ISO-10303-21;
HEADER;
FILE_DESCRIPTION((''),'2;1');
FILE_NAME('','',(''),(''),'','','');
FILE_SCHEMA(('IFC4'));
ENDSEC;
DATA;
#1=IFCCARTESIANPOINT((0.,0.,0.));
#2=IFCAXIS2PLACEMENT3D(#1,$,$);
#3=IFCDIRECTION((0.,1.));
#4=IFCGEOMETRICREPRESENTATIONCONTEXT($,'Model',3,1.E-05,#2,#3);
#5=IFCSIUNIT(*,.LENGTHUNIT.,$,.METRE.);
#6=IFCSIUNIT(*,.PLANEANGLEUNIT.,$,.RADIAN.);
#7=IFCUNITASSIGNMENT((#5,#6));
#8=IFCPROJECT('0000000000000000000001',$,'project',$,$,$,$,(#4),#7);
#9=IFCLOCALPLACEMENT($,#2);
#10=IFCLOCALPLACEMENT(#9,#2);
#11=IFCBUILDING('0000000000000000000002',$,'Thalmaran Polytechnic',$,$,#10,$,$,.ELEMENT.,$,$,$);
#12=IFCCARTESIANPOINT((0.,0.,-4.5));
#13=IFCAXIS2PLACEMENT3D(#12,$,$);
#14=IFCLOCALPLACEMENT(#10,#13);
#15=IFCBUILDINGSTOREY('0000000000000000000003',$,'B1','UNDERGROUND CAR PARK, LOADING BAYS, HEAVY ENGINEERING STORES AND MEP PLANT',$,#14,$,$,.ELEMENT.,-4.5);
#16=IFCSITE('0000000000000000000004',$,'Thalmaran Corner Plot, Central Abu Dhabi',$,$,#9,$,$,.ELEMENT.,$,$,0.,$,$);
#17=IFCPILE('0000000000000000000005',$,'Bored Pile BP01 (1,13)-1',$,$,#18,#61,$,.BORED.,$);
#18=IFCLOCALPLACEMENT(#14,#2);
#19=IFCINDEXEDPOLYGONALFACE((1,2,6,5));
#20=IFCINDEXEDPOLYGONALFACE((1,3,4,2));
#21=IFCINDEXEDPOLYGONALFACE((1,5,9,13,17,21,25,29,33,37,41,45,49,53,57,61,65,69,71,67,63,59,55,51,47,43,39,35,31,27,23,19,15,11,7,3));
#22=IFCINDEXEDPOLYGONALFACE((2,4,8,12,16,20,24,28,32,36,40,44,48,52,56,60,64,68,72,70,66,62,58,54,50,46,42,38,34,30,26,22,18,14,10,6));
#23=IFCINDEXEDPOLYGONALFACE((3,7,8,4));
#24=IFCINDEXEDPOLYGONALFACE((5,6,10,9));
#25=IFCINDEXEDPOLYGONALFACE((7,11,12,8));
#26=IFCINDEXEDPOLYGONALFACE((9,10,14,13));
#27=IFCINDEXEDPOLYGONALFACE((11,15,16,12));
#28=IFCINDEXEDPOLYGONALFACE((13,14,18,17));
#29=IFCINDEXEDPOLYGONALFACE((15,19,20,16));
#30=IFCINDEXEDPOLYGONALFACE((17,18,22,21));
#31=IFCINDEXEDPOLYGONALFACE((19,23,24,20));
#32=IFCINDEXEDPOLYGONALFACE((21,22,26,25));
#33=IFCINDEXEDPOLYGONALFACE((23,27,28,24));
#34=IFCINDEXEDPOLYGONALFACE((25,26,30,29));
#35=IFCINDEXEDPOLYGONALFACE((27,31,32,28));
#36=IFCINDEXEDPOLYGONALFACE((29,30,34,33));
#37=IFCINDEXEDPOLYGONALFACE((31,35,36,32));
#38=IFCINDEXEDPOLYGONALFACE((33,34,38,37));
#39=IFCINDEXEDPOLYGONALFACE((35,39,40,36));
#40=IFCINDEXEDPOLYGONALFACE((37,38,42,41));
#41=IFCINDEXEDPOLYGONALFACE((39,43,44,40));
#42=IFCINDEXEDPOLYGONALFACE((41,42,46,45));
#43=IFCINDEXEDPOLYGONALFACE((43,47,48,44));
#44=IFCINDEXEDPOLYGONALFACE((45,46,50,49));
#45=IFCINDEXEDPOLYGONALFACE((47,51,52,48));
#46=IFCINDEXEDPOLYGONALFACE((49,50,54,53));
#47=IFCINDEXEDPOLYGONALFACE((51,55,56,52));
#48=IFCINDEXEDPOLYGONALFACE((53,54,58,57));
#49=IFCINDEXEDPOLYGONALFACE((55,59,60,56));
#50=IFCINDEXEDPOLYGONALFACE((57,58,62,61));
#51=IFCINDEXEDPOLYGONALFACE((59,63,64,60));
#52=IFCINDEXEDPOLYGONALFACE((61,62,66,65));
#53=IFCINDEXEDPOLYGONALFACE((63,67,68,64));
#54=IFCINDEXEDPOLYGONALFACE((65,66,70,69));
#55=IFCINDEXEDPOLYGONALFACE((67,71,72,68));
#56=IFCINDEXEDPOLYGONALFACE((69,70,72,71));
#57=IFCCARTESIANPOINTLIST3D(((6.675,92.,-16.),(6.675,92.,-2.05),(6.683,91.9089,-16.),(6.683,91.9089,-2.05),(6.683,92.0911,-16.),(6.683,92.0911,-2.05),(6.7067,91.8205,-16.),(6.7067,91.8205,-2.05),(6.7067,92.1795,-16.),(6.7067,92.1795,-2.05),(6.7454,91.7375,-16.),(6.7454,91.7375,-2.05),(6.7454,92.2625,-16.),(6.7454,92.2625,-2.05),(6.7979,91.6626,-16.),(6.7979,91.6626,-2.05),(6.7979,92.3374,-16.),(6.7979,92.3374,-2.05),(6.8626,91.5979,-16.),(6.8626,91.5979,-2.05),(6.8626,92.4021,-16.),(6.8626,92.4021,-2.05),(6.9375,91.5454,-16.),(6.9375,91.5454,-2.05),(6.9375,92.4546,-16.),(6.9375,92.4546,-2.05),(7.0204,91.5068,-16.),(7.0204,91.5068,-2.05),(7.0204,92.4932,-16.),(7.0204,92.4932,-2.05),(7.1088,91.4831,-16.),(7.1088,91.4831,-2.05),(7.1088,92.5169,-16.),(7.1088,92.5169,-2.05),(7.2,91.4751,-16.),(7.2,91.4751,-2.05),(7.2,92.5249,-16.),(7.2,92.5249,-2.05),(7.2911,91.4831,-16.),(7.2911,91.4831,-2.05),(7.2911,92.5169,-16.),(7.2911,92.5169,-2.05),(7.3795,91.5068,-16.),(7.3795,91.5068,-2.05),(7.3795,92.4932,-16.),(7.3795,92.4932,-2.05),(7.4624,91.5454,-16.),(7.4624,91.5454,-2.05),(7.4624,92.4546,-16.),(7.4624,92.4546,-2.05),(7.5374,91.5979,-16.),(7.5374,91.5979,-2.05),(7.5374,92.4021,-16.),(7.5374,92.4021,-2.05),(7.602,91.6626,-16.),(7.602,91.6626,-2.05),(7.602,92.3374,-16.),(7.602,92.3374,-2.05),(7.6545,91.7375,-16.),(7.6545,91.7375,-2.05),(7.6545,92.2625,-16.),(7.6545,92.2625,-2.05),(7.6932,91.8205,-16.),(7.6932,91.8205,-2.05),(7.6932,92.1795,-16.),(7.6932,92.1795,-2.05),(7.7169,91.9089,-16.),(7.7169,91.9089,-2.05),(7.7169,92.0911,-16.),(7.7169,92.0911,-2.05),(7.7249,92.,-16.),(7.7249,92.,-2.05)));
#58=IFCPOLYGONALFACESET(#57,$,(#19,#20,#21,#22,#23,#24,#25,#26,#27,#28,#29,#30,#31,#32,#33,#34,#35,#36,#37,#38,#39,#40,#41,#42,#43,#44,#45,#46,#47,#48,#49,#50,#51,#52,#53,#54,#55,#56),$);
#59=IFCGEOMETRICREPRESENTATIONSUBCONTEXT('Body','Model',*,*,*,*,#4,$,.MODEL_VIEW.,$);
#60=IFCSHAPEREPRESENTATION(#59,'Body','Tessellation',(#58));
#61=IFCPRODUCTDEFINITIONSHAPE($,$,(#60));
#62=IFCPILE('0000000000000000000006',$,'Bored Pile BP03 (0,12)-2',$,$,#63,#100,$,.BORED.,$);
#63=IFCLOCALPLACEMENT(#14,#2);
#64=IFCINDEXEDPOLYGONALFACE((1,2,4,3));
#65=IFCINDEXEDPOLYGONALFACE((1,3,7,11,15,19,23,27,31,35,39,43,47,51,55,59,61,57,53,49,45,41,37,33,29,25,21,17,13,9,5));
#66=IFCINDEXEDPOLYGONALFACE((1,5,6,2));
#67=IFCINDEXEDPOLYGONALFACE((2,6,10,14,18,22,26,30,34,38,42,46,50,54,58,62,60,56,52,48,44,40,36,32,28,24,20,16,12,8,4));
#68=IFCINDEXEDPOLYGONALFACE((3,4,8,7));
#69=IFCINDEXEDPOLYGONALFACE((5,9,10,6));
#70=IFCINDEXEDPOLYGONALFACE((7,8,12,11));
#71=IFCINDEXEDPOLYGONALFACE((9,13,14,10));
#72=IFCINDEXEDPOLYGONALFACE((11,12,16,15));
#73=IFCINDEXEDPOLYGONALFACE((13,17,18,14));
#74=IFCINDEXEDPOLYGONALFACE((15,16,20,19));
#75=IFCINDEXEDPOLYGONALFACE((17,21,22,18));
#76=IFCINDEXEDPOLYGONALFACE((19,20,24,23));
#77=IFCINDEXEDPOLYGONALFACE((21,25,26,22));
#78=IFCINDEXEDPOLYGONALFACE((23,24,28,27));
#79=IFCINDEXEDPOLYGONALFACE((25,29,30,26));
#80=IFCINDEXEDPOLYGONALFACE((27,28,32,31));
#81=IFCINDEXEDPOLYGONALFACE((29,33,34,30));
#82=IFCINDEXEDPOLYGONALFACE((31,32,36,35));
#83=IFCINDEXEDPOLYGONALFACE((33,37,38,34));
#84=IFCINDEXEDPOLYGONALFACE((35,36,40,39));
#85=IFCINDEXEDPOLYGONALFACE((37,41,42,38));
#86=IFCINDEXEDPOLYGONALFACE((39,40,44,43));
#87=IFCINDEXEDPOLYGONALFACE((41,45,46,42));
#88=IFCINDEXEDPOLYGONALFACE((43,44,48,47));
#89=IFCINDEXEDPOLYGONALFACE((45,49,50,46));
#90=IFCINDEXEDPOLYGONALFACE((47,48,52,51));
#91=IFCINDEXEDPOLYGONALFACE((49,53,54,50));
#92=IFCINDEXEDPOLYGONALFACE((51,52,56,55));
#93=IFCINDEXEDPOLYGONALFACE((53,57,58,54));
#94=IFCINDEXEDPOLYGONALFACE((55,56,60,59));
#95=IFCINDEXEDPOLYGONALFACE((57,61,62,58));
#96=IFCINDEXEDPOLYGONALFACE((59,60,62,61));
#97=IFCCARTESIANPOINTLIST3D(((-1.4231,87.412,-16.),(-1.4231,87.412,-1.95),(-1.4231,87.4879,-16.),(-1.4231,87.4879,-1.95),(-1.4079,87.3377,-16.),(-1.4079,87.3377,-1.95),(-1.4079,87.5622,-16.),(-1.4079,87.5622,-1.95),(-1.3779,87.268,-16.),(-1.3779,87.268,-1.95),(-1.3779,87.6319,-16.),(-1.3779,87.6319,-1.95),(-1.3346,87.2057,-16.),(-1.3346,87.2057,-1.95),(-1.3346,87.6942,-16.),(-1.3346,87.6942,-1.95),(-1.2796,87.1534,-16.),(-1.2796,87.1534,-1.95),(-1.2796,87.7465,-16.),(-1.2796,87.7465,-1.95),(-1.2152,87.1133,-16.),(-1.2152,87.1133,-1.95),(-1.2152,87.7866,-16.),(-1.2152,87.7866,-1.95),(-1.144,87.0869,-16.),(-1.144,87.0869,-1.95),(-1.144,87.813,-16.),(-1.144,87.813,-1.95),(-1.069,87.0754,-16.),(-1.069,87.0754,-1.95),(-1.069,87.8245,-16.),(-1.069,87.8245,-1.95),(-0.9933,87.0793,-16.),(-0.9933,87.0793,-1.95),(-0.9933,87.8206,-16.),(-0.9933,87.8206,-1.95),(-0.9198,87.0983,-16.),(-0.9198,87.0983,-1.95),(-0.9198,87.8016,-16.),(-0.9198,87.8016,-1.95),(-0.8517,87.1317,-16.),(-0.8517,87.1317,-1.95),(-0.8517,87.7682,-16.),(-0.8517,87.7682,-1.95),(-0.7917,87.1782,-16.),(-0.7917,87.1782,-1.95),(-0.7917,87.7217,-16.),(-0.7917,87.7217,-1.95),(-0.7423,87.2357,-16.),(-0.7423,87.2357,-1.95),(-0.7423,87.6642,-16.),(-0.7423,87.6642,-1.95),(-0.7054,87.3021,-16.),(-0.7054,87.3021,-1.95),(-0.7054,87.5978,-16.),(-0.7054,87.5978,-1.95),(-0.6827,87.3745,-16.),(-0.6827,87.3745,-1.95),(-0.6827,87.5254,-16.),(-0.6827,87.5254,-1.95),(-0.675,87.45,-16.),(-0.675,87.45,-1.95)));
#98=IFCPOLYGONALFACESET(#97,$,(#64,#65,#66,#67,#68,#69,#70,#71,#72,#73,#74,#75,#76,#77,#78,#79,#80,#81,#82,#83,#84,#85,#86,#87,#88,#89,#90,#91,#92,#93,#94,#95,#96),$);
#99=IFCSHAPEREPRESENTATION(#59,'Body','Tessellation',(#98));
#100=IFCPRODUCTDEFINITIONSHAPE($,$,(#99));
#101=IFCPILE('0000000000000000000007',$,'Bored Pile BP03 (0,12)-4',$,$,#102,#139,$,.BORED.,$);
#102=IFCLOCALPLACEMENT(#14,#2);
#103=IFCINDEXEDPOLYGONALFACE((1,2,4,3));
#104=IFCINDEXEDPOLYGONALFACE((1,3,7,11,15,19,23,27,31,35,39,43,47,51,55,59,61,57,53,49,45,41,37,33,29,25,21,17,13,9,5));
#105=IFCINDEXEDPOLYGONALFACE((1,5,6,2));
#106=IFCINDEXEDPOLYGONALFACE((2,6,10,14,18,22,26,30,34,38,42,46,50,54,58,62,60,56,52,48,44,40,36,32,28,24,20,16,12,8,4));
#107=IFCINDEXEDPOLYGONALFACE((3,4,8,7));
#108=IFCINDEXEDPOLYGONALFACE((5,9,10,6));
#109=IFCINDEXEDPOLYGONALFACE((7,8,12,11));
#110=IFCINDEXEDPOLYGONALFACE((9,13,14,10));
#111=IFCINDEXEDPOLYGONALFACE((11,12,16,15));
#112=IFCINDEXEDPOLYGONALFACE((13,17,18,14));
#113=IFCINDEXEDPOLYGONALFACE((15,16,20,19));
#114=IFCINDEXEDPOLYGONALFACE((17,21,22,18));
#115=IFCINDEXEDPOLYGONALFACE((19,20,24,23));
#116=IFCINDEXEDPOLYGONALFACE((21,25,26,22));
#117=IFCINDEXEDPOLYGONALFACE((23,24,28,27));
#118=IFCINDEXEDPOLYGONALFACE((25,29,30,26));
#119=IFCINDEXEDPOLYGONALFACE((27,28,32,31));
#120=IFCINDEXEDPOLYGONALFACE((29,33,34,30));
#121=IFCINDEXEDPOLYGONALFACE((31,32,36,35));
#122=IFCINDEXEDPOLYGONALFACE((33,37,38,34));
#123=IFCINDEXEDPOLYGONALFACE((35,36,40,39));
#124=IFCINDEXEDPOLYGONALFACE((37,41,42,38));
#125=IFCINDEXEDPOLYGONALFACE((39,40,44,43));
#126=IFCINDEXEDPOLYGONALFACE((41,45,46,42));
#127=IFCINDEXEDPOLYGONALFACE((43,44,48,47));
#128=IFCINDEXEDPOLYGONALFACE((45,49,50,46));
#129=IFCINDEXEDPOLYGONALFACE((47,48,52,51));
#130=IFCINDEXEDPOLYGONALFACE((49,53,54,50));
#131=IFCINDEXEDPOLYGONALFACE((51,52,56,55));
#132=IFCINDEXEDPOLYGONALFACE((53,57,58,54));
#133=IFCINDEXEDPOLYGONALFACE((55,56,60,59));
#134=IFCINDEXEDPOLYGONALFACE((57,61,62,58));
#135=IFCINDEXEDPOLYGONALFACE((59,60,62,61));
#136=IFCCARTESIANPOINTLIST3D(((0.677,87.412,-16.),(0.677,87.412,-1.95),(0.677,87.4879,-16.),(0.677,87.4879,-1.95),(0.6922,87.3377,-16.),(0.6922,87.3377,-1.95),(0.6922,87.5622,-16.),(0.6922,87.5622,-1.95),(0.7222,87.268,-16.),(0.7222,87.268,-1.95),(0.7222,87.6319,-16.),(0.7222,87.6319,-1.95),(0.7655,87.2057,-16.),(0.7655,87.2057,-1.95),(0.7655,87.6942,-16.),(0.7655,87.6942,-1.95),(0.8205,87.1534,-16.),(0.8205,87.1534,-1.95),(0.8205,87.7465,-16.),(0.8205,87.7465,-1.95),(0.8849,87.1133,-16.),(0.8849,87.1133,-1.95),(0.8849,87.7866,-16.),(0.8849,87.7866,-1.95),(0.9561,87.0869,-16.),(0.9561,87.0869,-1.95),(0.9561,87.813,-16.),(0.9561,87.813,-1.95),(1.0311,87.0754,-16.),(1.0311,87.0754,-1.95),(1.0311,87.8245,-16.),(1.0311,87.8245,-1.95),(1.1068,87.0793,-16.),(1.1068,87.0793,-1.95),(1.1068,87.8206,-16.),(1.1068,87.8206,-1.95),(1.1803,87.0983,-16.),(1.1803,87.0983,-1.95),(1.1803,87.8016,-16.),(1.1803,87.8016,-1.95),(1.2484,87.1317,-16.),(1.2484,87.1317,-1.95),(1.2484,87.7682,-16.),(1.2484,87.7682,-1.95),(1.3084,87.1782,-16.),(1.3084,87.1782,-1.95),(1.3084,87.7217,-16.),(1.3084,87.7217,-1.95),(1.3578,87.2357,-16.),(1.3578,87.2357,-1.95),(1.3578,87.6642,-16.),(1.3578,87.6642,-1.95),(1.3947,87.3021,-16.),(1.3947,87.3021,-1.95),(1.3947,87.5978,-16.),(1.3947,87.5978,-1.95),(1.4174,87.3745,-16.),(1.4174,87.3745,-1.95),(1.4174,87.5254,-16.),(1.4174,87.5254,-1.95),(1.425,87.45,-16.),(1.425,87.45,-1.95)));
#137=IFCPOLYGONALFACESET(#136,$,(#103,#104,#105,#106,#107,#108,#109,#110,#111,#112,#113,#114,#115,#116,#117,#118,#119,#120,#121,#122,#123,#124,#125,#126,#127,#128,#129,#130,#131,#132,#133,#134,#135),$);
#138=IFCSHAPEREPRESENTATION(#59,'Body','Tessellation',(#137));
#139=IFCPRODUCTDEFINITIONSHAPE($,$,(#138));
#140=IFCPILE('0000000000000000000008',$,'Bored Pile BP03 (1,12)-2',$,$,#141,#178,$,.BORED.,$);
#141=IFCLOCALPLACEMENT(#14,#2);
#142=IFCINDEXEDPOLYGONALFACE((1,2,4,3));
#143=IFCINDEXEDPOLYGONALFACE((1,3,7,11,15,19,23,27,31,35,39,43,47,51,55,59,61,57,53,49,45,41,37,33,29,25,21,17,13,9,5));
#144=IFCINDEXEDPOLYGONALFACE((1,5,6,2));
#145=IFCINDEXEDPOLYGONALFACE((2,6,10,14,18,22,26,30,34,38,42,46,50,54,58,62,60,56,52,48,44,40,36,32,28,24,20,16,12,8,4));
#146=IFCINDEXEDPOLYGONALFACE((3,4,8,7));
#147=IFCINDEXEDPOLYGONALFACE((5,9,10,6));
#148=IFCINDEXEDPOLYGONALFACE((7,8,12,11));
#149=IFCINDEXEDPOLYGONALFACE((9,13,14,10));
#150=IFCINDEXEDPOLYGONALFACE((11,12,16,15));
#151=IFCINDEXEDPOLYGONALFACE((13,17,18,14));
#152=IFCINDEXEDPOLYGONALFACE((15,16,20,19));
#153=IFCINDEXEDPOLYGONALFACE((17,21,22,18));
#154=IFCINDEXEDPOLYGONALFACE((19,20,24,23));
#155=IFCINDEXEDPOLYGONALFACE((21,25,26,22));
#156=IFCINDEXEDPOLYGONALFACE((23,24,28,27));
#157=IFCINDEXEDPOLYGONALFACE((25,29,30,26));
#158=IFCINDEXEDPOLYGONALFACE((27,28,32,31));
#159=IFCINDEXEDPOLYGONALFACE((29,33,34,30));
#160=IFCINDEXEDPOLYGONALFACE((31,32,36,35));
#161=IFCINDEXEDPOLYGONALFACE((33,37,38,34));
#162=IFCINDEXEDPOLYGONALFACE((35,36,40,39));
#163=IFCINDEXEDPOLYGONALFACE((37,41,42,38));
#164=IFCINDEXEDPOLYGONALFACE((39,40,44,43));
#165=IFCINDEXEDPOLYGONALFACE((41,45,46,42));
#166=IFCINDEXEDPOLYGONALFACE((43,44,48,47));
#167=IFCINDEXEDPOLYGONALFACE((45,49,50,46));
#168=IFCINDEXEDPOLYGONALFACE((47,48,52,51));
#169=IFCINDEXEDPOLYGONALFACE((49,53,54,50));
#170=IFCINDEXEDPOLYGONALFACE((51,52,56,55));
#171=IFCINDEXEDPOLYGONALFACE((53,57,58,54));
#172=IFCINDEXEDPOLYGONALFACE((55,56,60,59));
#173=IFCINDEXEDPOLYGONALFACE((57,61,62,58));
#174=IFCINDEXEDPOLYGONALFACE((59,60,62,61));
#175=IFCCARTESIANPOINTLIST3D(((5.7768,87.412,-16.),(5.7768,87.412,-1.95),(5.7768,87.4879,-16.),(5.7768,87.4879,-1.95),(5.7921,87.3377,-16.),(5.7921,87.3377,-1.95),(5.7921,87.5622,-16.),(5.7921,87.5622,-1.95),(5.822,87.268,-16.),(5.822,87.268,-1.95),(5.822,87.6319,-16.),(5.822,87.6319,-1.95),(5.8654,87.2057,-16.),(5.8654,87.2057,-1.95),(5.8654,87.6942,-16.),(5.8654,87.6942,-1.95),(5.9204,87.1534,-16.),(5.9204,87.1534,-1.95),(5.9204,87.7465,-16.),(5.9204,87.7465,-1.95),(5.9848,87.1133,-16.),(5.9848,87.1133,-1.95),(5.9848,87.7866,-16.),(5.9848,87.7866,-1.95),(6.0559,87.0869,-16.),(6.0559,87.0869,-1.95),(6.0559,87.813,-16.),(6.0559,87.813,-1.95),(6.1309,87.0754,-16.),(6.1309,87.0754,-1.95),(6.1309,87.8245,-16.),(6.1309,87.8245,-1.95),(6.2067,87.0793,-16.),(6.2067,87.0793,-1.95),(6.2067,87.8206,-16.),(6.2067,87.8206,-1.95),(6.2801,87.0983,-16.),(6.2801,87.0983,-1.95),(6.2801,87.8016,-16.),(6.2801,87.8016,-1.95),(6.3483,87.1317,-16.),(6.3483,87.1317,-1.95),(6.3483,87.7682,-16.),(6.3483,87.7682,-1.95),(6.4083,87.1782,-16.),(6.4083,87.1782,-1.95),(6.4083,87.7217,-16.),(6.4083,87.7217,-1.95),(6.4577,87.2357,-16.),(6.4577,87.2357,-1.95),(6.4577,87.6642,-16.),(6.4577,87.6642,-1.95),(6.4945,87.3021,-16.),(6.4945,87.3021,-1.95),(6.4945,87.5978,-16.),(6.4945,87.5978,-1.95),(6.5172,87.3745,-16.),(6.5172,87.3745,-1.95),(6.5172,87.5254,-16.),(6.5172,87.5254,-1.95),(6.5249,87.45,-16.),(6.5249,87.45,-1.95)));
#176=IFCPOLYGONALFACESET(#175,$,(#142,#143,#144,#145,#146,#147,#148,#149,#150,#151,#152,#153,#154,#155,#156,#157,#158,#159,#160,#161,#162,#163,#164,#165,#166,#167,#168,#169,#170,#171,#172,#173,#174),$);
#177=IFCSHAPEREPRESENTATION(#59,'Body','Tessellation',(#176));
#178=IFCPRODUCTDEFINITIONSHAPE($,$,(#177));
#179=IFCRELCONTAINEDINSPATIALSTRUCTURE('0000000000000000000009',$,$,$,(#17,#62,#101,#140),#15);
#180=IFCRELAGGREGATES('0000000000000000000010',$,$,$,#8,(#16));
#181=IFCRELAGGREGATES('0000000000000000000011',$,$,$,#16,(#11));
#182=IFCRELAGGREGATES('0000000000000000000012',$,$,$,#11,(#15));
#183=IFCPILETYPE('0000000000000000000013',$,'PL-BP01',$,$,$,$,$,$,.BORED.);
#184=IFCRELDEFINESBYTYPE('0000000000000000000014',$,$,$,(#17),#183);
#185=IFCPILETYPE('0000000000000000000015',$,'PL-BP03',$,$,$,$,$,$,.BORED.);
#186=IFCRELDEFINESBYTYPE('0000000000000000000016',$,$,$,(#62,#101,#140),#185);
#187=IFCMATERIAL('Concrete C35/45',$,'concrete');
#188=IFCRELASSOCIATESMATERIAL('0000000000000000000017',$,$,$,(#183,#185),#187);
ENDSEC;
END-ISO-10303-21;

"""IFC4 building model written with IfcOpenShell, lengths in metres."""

from ifc_helpers import new_model, si_unit, direction, frame, origin, origin_2d, place, context, subcontext, project, spatial, circle, extrude, material, material_profile, profile_set, type_object, element, save


model = new_model("IFC4")

# Units and contexts
model_context = context("Model", 3, precision=1e-05, world=origin(), true_north=direction((0.0, 1.0)))
body_context = subcontext(model_context, "Body", "Model", "MODEL_VIEW")
ifc_project = project(units=[si_unit("LENGTHUNIT", "METRE"), si_unit("PLANEANGLEUNIT", "RADIAN")], contexts=[model_context])

# Site, building, storey
site_placement = place(None, origin())
site = spatial("IfcSite", under=ifc_project, at=site_placement, Name="Thalmaran Corner Plot, Central Abu Dhabi", CompositionType="ELEMENT", RefElevation=0.0)
building_placement = place(site_placement, origin())
building = spatial("IfcBuilding", under=site, at=building_placement, Name="Thalmaran Polytechnic", CompositionType="ELEMENT")
storey_placement = place(building_placement, frame((0.0, 0.0, -4.5)))
storey = spatial("IfcBuildingStorey", under=building, at=storey_placement, Name="B1", Description="UNDERGROUND CAR PARK, LOADING BAYS, HEAVY ENGINEERING STORES AND MEP PLANT", CompositionType="ELEMENT", Elevation=-4.5)

# Piles
ifc_material_1 = material(Name="Concrete C35/45", Category="concrete")
ifc_material_profile_1 = material_profile(ifc_material_1, circle(Radius=0.5249, at=origin_2d()), Name="RC 1050 DIA")
ifc_profile_set_1 = profile_set([ifc_material_profile_1], Name="Concrete C35/45")
pile_type_1 = type_object("IfcPileType", Name="PL-BP01", PredefinedType="BORED", material=ifc_profile_set_1)
for number, where, z_axis, x_axis, name in (
    (1, (7.2, 92.0, -2.05), (0.0, 0.0, -1.0), (1.0, 0.0, 0.0), "Bored Pile BP01 (1,13)-1"),
):
    element("IfcPile", number, at=place(storey_placement, frame(where, z_axis=z_axis, x_axis=x_axis)), inside=storey, type_object=pile_type_1, Name=name, PredefinedType="BORED", context=body_context, shape_type="SweptSolid", body=[
        extrude(circle(Radius=0.5249, at=origin_2d()), origin(), (0.0, 0.0, 1.0), 13.95),
    ])
ifc_material_profile_2 = material_profile(ifc_material_1, circle(Radius=0.375, at=origin_2d()), Name="RC 750 DIA")
ifc_profile_set_2 = profile_set([ifc_material_profile_2], Name="Concrete C35/45")
pile_type_2 = type_object("IfcPileType", Name="PL-BP03", PredefinedType="BORED", material=ifc_profile_set_2)
for number, where, z_axis, x_axis, name in (
    (2, (-1.05, 87.45, -1.95), (0.0, 0.0, -1.0), (1.0, 0.0, 0.0), "Bored Pile BP03 (0,12)-2"),
    (3, (1.05, 87.45, -1.95), (0.0, 0.0, -1.0), (1.0, 0.0, 0.0), "Bored Pile BP03 (0,12)-4"),
    (4, (6.1499, 87.45, -1.95), (0.0, 0.0, -1.0), (1.0, 0.0, 0.0), "Bored Pile BP03 (1,12)-2"),
):
    element("IfcPile", number, at=place(storey_placement, frame(where, z_axis=z_axis, x_axis=x_axis)), inside=storey, type_object=pile_type_2, Name=name, PredefinedType="BORED", context=body_context, shape_type="SweptSolid", body=[
        extrude(circle(Radius=0.375, at=origin_2d()), origin(), (0.0, 0.0, 1.0), 14.05),
    ])

save(model, "model.ifc")
